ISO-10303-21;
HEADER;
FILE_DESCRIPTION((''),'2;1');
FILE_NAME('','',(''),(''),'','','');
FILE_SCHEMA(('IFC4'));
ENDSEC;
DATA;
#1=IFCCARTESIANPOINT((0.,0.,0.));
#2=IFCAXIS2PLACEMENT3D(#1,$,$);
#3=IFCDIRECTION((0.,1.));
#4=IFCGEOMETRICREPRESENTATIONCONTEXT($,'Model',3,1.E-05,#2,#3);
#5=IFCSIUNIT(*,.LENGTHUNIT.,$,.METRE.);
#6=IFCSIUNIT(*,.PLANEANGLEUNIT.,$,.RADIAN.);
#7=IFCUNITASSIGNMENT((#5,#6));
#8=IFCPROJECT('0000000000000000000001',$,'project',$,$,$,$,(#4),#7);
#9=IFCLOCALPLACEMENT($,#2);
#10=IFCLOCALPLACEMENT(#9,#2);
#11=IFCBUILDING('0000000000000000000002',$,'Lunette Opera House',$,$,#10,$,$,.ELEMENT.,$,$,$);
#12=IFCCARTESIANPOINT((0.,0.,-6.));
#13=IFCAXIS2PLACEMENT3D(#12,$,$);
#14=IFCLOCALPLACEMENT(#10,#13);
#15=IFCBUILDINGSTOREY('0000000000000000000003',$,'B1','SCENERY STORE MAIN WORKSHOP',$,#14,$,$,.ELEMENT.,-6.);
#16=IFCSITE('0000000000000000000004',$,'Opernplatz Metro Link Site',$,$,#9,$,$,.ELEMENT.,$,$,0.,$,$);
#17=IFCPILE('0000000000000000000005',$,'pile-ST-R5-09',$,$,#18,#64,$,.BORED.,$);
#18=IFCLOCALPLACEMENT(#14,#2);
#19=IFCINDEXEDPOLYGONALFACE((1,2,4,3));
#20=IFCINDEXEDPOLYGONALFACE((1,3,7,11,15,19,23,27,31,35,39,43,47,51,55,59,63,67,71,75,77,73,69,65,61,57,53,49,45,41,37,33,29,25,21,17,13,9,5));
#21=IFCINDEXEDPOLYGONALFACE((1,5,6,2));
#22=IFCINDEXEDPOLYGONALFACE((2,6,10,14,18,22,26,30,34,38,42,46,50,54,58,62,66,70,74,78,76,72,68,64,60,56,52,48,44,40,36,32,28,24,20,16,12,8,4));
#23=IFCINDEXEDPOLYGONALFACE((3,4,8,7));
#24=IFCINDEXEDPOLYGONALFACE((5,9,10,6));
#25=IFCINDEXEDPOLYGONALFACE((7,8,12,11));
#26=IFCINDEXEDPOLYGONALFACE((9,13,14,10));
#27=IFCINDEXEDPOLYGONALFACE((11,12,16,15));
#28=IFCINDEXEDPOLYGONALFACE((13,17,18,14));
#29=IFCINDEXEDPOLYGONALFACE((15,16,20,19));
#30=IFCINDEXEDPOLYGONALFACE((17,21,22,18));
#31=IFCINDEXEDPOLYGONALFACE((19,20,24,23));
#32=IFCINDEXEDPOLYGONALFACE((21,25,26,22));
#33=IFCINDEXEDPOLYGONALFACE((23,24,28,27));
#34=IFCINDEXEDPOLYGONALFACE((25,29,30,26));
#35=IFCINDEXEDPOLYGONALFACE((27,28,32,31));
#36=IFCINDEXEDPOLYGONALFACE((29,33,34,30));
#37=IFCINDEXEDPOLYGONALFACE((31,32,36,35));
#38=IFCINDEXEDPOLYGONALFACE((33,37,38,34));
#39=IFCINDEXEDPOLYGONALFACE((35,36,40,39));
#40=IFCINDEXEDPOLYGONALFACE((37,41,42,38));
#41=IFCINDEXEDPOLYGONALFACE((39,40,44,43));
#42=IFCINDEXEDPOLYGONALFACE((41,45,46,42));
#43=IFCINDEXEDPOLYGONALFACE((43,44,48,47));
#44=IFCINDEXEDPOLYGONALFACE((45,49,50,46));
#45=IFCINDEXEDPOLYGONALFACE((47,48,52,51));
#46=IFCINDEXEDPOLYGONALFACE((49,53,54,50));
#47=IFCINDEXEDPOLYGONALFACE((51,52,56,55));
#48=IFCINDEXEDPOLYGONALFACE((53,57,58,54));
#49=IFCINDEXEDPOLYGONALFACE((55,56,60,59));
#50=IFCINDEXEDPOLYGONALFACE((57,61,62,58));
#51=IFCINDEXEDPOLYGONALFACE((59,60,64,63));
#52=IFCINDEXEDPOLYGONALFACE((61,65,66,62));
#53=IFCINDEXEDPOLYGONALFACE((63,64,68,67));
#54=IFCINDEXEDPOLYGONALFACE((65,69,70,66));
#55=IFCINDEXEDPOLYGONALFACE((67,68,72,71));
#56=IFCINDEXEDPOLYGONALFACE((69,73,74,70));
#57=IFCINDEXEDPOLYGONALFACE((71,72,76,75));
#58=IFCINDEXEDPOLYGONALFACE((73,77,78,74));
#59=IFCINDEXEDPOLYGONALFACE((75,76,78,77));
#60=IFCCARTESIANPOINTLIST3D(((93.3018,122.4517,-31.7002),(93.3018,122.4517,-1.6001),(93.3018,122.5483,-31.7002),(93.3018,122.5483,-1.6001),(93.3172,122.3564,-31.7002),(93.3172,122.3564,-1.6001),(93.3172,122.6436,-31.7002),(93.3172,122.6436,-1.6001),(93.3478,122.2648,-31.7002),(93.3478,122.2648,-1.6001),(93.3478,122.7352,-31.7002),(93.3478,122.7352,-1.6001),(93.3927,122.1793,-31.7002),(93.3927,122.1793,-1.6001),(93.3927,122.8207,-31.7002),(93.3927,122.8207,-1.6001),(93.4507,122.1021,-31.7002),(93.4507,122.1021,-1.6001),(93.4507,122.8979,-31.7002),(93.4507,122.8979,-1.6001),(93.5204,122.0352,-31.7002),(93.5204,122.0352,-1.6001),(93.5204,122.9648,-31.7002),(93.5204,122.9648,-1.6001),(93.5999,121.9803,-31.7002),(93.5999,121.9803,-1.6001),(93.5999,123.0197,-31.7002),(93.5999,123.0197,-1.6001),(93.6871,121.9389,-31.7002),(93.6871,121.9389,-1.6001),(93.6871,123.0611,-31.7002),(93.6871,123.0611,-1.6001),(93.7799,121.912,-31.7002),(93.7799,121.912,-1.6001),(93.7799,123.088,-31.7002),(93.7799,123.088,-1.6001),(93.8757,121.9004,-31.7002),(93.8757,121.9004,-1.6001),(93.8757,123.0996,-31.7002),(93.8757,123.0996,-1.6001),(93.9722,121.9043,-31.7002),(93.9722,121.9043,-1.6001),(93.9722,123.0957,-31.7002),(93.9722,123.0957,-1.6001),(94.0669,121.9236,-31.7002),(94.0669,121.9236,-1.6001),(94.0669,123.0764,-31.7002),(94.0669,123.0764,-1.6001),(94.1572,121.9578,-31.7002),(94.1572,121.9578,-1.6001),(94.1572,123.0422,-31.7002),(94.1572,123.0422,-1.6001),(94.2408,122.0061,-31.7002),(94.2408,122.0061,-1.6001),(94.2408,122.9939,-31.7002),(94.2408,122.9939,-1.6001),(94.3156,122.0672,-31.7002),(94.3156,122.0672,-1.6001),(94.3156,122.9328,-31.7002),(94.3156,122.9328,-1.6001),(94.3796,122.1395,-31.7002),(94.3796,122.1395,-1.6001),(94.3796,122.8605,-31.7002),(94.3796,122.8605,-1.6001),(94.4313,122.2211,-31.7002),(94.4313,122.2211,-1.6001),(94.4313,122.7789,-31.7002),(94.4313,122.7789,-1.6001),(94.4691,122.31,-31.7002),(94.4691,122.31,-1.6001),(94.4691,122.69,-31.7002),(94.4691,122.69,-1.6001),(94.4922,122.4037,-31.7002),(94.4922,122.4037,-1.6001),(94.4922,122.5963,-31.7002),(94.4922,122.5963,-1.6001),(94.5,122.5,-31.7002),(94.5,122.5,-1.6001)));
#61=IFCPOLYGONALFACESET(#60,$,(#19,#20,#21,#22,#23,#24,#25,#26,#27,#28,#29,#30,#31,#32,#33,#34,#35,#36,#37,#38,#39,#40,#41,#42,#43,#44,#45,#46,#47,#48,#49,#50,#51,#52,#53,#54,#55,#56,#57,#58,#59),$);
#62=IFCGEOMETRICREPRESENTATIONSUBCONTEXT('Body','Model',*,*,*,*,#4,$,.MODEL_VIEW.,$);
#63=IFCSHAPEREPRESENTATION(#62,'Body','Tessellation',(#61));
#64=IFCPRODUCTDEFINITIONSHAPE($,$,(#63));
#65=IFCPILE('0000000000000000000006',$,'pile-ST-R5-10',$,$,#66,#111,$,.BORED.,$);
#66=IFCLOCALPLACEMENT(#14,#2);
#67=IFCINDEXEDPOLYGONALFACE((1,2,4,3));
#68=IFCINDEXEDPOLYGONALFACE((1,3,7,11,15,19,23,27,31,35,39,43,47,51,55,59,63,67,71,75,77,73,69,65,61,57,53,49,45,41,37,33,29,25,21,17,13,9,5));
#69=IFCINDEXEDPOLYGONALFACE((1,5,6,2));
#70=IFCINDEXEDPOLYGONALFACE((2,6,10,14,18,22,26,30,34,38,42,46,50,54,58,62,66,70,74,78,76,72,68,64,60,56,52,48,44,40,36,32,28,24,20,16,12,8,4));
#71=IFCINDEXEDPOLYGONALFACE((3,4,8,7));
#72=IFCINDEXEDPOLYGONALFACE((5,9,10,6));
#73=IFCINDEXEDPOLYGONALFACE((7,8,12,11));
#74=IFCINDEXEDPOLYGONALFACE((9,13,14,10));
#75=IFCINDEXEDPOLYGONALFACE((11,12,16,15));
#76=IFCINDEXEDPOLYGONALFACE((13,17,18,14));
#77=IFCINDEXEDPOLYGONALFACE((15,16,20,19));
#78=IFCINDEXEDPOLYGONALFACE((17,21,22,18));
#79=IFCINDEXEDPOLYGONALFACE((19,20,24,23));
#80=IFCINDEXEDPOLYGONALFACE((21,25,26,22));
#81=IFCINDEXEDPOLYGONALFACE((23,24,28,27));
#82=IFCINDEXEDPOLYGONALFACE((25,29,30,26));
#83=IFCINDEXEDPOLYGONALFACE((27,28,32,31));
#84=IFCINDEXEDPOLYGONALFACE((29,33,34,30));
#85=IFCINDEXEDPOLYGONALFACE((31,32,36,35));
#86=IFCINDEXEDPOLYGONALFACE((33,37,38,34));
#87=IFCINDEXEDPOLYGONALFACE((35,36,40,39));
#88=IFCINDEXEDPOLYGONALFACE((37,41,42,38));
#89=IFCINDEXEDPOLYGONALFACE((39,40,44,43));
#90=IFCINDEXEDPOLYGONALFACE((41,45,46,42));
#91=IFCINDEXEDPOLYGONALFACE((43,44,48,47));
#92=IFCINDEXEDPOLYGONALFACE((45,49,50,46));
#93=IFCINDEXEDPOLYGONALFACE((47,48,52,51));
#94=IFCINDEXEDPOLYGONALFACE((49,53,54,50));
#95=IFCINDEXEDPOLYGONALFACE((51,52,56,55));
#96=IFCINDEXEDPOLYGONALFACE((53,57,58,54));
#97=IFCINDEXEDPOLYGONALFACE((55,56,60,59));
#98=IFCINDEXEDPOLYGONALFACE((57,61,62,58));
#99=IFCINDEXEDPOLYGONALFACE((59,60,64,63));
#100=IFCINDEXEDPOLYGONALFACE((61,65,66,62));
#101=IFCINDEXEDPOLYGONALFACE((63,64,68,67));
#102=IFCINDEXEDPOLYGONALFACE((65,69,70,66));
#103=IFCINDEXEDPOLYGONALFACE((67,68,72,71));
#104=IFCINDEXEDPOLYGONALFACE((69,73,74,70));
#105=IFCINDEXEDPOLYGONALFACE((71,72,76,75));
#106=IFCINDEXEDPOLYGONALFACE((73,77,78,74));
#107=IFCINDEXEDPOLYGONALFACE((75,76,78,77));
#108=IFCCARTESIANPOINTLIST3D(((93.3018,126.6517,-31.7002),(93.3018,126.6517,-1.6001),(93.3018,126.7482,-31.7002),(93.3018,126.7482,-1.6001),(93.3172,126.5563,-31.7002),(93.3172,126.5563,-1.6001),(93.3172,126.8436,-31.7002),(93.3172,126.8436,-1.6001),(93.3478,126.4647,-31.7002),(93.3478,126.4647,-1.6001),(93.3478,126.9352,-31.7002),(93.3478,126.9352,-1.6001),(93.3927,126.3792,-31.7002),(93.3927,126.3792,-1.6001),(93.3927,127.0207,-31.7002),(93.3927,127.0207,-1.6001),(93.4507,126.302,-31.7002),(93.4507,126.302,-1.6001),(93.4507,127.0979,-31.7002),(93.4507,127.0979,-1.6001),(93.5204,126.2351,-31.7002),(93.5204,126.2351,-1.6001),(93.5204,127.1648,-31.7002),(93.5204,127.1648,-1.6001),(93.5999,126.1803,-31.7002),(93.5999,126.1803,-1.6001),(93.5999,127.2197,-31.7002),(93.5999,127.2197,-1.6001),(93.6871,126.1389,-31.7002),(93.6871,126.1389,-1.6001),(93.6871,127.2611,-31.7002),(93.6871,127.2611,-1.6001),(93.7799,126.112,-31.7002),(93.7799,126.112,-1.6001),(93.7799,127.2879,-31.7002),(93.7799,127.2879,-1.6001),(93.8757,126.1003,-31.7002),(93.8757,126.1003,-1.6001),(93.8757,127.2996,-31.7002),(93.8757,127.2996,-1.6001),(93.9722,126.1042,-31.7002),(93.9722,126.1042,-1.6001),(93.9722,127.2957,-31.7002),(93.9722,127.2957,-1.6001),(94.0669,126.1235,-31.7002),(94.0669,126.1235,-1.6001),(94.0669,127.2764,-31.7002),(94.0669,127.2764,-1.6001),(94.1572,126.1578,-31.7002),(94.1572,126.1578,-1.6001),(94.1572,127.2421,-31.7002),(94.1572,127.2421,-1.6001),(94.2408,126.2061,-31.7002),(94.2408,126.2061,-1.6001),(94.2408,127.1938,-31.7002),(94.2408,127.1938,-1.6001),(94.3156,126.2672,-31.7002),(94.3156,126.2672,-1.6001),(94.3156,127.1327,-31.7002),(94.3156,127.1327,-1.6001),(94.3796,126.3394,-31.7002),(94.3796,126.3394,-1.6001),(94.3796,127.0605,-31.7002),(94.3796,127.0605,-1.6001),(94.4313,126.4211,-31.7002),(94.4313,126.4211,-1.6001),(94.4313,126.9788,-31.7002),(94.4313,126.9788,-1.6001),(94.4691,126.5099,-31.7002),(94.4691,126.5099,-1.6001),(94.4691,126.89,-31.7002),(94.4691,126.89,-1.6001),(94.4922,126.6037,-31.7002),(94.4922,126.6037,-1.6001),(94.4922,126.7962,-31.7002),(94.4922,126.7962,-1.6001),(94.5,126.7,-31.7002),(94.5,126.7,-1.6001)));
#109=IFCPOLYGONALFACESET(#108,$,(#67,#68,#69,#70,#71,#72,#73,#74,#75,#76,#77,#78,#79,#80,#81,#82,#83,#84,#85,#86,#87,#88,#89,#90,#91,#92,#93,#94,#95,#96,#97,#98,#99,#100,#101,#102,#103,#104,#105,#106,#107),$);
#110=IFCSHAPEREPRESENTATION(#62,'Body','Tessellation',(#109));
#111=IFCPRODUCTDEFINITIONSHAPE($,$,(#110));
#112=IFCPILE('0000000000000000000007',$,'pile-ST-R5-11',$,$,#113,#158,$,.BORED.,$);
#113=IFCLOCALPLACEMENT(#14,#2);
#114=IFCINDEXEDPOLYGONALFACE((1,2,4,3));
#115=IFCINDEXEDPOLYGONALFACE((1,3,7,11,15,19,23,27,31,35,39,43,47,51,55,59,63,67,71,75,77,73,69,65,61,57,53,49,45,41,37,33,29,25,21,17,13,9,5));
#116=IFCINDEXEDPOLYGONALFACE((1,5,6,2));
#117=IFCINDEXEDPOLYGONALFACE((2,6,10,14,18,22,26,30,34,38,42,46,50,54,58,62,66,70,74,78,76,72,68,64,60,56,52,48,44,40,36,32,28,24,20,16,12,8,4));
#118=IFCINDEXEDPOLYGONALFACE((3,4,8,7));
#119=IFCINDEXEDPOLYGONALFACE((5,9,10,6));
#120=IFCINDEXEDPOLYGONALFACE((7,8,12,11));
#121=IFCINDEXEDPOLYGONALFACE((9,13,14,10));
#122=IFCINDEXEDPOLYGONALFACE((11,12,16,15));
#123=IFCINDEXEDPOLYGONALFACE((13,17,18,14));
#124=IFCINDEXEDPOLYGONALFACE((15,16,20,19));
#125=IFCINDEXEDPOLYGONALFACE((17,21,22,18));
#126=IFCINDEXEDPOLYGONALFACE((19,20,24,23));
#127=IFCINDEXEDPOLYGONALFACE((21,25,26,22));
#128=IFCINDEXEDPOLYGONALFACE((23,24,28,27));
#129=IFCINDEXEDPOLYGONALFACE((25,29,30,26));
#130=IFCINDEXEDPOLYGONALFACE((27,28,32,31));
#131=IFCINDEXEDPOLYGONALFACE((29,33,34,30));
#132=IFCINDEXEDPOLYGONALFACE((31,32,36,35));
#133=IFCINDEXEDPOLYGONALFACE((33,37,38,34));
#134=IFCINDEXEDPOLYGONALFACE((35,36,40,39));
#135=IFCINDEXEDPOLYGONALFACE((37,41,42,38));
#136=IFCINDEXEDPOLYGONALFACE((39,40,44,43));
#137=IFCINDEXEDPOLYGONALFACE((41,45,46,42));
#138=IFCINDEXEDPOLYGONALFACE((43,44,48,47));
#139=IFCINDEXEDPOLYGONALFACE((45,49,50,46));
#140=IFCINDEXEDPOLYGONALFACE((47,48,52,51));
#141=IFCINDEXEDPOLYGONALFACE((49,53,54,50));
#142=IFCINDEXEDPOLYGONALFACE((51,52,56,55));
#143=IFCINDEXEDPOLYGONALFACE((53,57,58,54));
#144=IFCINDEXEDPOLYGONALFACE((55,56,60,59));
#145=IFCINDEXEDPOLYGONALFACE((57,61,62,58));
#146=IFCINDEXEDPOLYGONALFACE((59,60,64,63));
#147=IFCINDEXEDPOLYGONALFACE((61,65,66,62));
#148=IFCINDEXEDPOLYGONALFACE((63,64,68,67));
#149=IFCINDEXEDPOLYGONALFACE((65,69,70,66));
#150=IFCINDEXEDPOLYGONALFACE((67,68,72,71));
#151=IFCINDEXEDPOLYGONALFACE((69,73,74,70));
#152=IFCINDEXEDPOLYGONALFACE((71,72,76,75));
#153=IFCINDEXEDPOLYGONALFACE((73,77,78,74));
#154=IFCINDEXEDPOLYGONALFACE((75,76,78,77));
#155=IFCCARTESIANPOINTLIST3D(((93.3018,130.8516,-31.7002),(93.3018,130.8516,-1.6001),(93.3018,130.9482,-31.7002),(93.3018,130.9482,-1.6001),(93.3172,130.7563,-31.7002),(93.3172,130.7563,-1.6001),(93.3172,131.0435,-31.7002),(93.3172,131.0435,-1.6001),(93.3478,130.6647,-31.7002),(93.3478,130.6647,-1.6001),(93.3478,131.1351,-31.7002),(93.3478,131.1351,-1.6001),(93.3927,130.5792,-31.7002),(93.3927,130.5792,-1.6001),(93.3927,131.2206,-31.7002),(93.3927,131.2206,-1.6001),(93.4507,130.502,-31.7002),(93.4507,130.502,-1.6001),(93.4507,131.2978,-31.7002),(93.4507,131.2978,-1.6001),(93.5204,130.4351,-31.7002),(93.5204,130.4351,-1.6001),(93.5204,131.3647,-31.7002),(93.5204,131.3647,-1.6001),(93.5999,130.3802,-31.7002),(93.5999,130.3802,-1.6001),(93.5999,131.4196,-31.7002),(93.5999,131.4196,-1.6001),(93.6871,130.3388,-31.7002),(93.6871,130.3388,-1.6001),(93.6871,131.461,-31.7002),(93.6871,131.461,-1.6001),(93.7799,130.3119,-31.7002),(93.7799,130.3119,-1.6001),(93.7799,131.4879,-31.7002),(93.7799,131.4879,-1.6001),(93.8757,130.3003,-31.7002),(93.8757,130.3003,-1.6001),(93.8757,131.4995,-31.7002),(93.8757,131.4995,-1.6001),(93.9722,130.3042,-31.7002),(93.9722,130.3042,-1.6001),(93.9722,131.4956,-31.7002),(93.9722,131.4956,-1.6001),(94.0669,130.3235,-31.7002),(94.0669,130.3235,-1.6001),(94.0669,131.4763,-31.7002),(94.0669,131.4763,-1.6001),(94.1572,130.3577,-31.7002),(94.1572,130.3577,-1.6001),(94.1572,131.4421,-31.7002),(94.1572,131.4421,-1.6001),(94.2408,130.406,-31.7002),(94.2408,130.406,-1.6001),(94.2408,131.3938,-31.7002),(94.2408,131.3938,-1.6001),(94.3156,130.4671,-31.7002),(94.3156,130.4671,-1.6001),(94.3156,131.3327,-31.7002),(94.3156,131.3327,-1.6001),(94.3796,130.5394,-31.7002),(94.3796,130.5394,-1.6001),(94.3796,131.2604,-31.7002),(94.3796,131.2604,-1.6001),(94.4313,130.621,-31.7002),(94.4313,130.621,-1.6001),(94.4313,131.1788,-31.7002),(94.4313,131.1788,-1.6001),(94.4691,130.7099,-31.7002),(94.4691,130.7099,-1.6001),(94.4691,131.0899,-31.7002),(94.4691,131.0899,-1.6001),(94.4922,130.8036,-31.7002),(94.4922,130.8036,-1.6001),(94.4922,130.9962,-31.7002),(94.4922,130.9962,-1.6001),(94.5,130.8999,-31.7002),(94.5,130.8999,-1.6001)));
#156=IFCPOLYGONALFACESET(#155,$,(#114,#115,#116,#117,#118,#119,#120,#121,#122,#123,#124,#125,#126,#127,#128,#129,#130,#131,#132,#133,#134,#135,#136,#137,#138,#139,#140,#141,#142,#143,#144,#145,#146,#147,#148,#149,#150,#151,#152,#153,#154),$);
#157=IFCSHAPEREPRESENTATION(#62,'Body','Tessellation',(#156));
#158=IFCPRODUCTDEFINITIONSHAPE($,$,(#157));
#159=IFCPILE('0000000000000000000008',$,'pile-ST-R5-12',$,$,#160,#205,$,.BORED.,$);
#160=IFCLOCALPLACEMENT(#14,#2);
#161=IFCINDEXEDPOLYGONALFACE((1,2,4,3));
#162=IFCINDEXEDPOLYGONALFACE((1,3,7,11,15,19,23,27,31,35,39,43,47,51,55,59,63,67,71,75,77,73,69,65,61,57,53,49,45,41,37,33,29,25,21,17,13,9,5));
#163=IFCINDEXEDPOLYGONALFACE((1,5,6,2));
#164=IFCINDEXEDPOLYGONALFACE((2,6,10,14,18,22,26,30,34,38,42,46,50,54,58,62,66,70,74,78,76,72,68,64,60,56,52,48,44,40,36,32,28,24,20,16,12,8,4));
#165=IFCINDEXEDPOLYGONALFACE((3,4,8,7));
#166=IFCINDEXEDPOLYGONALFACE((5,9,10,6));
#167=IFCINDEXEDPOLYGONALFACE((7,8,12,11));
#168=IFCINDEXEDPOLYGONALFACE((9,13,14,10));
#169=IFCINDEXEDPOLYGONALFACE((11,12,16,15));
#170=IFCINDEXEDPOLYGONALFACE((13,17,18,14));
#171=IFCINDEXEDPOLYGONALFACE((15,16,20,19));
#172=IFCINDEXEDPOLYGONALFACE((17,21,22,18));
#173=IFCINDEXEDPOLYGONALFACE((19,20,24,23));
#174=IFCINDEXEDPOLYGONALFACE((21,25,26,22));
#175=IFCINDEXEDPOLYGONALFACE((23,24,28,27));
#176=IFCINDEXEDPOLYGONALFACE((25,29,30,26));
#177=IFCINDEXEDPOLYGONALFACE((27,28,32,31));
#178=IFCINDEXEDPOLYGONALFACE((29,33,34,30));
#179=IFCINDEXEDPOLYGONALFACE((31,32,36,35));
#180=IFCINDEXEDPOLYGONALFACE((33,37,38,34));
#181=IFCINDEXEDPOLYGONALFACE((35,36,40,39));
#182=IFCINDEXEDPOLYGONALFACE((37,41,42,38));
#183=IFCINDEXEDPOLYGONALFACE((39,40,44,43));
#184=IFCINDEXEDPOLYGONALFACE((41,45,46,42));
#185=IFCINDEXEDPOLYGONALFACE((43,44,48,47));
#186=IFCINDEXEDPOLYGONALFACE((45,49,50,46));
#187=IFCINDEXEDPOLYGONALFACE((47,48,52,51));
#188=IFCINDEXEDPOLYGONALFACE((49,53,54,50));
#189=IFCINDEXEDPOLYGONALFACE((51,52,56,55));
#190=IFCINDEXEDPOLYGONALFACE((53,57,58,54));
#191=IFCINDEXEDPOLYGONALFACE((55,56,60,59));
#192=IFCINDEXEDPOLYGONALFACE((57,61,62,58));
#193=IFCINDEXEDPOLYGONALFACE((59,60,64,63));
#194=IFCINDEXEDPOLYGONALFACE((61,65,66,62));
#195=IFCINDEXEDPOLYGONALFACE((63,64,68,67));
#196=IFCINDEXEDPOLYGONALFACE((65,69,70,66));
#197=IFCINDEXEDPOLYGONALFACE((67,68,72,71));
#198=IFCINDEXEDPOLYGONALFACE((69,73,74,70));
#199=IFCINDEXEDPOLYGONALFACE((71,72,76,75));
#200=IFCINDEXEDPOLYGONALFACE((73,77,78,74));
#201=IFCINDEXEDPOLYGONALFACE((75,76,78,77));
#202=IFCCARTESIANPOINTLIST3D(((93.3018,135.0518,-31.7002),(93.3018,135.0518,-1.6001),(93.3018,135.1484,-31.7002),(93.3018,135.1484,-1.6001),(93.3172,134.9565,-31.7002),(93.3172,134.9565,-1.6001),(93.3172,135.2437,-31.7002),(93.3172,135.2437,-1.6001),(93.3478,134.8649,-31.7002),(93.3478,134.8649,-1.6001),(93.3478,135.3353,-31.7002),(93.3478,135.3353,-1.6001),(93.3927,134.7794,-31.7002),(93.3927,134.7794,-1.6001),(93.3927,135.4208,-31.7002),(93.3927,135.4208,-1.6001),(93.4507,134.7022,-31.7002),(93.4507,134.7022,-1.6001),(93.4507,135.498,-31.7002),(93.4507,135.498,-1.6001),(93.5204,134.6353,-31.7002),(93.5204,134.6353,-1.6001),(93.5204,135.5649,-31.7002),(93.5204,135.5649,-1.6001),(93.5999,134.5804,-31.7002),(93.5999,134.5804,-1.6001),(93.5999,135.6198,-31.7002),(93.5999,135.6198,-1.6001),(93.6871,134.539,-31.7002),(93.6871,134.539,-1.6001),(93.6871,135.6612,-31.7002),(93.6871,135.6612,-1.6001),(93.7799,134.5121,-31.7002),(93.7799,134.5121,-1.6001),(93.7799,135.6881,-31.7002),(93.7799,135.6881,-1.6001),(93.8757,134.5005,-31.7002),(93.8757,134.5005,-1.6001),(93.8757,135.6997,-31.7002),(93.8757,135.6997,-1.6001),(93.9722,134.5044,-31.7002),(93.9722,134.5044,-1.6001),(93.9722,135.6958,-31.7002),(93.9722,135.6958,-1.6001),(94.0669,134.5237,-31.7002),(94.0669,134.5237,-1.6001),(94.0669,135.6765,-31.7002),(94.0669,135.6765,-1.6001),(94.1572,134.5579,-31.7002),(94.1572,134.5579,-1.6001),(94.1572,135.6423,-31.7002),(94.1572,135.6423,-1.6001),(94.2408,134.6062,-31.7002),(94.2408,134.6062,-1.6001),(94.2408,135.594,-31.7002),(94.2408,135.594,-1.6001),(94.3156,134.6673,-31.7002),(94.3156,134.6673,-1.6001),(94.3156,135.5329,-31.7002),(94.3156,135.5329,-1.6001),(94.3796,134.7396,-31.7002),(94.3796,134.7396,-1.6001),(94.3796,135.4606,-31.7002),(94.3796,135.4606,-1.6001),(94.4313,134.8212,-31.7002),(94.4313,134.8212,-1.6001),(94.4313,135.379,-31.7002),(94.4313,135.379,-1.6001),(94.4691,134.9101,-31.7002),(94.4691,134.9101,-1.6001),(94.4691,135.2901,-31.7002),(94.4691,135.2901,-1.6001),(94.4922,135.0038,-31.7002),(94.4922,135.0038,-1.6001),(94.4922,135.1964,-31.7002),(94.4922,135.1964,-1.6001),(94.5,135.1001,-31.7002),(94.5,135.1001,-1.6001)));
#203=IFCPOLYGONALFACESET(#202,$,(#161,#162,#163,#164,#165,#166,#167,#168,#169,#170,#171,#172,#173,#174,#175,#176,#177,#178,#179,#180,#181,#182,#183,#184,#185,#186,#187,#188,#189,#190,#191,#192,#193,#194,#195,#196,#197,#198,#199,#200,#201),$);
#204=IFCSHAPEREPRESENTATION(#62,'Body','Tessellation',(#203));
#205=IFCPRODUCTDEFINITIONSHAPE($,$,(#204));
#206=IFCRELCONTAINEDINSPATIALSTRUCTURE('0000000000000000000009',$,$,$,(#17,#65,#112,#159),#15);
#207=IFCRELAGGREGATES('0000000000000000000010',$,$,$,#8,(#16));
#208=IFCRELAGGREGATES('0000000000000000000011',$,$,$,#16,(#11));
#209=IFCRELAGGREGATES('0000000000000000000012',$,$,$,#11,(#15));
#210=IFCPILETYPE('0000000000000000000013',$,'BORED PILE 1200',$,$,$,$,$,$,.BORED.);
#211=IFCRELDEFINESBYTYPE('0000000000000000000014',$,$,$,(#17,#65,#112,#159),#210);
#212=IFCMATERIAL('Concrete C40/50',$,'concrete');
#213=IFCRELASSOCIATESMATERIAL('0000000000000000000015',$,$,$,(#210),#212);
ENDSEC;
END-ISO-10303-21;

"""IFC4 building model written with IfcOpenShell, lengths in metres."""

from ifc_helpers import new_model, si_unit, direction, frame, origin, origin_2d, place, context, subcontext, project, spatial, circle, extrude, material, material_profile, profile_set, type_object, element, save


model = new_model("IFC4")

# Units and contexts
model_context = context("Model", 3, precision=1e-05, world=origin(), true_north=direction((0.0, 1.0)))
body_context = subcontext(model_context, "Body", "Model", "MODEL_VIEW")
ifc_project = project(units=[si_unit("LENGTHUNIT", "METRE"), si_unit("PLANEANGLEUNIT", "RADIAN")], contexts=[model_context])

# Site, building, storey
site_placement = place(None, origin())
site = spatial("IfcSite", under=ifc_project, at=site_placement, Name="Opernplatz Metro Link Site", CompositionType="ELEMENT", RefElevation=0.0)
building_placement = place(site_placement, origin())
building = spatial("IfcBuilding", under=site, at=building_placement, Name="Lunette Opera House", CompositionType="ELEMENT")
storey_placement = place(building_placement, frame((0.0, 0.0, -6.0)))
storey = spatial("IfcBuildingStorey", under=building, at=storey_placement, Name="B1", Description="SCENERY STORE MAIN WORKSHOP", CompositionType="ELEMENT", Elevation=-6.0)

# Piles
ifc_material_1 = material(Name="Concrete C40/50", Category="concrete")
ifc_material_profile_1 = material_profile(ifc_material_1, circle(Radius=0.6001, at=origin_2d()), Name="BORED PILE 1200")
ifc_profile_set_1 = profile_set([ifc_material_profile_1], Name="Concrete C40/50")
pile_type = type_object("IfcPileType", Name="BORED PILE 1200", PredefinedType="BORED", material=ifc_profile_set_1)
for number, where, z_axis, x_axis, name in (
    (1, (93.8999, 122.5, -1.6001), (0.0, 0.0, -1.0), (1.0, 0.0, 0.0), "pile-ST-R5-09"),
    (2, (93.8999, 126.7, -1.6001), (0.0, 0.0, -1.0), (1.0, 0.0, 0.0), "pile-ST-R5-10"),
    (3, (93.8999, 130.8999, -1.6001), (0.0, 0.0, -1.0), (1.0, 0.0, 0.0), "pile-ST-R5-11"),
    (4, (93.8999, 135.1001, -1.6001), (0.0, 0.0, -1.0), (1.0, 0.0, 0.0), "pile-ST-R5-12"),
):
    element("IfcPile", number, at=place(storey_placement, frame(where, z_axis=z_axis, x_axis=x_axis)), inside=storey, type_object=pile_type, Name=name, PredefinedType="BORED", context=body_context, shape_type="SweptSolid", body=[
        extrude(circle(Radius=0.6001, at=origin_2d()), origin(), (0.0, 0.0, 1.0), 30.1001),
    ])

save(model, "model.ifc")
